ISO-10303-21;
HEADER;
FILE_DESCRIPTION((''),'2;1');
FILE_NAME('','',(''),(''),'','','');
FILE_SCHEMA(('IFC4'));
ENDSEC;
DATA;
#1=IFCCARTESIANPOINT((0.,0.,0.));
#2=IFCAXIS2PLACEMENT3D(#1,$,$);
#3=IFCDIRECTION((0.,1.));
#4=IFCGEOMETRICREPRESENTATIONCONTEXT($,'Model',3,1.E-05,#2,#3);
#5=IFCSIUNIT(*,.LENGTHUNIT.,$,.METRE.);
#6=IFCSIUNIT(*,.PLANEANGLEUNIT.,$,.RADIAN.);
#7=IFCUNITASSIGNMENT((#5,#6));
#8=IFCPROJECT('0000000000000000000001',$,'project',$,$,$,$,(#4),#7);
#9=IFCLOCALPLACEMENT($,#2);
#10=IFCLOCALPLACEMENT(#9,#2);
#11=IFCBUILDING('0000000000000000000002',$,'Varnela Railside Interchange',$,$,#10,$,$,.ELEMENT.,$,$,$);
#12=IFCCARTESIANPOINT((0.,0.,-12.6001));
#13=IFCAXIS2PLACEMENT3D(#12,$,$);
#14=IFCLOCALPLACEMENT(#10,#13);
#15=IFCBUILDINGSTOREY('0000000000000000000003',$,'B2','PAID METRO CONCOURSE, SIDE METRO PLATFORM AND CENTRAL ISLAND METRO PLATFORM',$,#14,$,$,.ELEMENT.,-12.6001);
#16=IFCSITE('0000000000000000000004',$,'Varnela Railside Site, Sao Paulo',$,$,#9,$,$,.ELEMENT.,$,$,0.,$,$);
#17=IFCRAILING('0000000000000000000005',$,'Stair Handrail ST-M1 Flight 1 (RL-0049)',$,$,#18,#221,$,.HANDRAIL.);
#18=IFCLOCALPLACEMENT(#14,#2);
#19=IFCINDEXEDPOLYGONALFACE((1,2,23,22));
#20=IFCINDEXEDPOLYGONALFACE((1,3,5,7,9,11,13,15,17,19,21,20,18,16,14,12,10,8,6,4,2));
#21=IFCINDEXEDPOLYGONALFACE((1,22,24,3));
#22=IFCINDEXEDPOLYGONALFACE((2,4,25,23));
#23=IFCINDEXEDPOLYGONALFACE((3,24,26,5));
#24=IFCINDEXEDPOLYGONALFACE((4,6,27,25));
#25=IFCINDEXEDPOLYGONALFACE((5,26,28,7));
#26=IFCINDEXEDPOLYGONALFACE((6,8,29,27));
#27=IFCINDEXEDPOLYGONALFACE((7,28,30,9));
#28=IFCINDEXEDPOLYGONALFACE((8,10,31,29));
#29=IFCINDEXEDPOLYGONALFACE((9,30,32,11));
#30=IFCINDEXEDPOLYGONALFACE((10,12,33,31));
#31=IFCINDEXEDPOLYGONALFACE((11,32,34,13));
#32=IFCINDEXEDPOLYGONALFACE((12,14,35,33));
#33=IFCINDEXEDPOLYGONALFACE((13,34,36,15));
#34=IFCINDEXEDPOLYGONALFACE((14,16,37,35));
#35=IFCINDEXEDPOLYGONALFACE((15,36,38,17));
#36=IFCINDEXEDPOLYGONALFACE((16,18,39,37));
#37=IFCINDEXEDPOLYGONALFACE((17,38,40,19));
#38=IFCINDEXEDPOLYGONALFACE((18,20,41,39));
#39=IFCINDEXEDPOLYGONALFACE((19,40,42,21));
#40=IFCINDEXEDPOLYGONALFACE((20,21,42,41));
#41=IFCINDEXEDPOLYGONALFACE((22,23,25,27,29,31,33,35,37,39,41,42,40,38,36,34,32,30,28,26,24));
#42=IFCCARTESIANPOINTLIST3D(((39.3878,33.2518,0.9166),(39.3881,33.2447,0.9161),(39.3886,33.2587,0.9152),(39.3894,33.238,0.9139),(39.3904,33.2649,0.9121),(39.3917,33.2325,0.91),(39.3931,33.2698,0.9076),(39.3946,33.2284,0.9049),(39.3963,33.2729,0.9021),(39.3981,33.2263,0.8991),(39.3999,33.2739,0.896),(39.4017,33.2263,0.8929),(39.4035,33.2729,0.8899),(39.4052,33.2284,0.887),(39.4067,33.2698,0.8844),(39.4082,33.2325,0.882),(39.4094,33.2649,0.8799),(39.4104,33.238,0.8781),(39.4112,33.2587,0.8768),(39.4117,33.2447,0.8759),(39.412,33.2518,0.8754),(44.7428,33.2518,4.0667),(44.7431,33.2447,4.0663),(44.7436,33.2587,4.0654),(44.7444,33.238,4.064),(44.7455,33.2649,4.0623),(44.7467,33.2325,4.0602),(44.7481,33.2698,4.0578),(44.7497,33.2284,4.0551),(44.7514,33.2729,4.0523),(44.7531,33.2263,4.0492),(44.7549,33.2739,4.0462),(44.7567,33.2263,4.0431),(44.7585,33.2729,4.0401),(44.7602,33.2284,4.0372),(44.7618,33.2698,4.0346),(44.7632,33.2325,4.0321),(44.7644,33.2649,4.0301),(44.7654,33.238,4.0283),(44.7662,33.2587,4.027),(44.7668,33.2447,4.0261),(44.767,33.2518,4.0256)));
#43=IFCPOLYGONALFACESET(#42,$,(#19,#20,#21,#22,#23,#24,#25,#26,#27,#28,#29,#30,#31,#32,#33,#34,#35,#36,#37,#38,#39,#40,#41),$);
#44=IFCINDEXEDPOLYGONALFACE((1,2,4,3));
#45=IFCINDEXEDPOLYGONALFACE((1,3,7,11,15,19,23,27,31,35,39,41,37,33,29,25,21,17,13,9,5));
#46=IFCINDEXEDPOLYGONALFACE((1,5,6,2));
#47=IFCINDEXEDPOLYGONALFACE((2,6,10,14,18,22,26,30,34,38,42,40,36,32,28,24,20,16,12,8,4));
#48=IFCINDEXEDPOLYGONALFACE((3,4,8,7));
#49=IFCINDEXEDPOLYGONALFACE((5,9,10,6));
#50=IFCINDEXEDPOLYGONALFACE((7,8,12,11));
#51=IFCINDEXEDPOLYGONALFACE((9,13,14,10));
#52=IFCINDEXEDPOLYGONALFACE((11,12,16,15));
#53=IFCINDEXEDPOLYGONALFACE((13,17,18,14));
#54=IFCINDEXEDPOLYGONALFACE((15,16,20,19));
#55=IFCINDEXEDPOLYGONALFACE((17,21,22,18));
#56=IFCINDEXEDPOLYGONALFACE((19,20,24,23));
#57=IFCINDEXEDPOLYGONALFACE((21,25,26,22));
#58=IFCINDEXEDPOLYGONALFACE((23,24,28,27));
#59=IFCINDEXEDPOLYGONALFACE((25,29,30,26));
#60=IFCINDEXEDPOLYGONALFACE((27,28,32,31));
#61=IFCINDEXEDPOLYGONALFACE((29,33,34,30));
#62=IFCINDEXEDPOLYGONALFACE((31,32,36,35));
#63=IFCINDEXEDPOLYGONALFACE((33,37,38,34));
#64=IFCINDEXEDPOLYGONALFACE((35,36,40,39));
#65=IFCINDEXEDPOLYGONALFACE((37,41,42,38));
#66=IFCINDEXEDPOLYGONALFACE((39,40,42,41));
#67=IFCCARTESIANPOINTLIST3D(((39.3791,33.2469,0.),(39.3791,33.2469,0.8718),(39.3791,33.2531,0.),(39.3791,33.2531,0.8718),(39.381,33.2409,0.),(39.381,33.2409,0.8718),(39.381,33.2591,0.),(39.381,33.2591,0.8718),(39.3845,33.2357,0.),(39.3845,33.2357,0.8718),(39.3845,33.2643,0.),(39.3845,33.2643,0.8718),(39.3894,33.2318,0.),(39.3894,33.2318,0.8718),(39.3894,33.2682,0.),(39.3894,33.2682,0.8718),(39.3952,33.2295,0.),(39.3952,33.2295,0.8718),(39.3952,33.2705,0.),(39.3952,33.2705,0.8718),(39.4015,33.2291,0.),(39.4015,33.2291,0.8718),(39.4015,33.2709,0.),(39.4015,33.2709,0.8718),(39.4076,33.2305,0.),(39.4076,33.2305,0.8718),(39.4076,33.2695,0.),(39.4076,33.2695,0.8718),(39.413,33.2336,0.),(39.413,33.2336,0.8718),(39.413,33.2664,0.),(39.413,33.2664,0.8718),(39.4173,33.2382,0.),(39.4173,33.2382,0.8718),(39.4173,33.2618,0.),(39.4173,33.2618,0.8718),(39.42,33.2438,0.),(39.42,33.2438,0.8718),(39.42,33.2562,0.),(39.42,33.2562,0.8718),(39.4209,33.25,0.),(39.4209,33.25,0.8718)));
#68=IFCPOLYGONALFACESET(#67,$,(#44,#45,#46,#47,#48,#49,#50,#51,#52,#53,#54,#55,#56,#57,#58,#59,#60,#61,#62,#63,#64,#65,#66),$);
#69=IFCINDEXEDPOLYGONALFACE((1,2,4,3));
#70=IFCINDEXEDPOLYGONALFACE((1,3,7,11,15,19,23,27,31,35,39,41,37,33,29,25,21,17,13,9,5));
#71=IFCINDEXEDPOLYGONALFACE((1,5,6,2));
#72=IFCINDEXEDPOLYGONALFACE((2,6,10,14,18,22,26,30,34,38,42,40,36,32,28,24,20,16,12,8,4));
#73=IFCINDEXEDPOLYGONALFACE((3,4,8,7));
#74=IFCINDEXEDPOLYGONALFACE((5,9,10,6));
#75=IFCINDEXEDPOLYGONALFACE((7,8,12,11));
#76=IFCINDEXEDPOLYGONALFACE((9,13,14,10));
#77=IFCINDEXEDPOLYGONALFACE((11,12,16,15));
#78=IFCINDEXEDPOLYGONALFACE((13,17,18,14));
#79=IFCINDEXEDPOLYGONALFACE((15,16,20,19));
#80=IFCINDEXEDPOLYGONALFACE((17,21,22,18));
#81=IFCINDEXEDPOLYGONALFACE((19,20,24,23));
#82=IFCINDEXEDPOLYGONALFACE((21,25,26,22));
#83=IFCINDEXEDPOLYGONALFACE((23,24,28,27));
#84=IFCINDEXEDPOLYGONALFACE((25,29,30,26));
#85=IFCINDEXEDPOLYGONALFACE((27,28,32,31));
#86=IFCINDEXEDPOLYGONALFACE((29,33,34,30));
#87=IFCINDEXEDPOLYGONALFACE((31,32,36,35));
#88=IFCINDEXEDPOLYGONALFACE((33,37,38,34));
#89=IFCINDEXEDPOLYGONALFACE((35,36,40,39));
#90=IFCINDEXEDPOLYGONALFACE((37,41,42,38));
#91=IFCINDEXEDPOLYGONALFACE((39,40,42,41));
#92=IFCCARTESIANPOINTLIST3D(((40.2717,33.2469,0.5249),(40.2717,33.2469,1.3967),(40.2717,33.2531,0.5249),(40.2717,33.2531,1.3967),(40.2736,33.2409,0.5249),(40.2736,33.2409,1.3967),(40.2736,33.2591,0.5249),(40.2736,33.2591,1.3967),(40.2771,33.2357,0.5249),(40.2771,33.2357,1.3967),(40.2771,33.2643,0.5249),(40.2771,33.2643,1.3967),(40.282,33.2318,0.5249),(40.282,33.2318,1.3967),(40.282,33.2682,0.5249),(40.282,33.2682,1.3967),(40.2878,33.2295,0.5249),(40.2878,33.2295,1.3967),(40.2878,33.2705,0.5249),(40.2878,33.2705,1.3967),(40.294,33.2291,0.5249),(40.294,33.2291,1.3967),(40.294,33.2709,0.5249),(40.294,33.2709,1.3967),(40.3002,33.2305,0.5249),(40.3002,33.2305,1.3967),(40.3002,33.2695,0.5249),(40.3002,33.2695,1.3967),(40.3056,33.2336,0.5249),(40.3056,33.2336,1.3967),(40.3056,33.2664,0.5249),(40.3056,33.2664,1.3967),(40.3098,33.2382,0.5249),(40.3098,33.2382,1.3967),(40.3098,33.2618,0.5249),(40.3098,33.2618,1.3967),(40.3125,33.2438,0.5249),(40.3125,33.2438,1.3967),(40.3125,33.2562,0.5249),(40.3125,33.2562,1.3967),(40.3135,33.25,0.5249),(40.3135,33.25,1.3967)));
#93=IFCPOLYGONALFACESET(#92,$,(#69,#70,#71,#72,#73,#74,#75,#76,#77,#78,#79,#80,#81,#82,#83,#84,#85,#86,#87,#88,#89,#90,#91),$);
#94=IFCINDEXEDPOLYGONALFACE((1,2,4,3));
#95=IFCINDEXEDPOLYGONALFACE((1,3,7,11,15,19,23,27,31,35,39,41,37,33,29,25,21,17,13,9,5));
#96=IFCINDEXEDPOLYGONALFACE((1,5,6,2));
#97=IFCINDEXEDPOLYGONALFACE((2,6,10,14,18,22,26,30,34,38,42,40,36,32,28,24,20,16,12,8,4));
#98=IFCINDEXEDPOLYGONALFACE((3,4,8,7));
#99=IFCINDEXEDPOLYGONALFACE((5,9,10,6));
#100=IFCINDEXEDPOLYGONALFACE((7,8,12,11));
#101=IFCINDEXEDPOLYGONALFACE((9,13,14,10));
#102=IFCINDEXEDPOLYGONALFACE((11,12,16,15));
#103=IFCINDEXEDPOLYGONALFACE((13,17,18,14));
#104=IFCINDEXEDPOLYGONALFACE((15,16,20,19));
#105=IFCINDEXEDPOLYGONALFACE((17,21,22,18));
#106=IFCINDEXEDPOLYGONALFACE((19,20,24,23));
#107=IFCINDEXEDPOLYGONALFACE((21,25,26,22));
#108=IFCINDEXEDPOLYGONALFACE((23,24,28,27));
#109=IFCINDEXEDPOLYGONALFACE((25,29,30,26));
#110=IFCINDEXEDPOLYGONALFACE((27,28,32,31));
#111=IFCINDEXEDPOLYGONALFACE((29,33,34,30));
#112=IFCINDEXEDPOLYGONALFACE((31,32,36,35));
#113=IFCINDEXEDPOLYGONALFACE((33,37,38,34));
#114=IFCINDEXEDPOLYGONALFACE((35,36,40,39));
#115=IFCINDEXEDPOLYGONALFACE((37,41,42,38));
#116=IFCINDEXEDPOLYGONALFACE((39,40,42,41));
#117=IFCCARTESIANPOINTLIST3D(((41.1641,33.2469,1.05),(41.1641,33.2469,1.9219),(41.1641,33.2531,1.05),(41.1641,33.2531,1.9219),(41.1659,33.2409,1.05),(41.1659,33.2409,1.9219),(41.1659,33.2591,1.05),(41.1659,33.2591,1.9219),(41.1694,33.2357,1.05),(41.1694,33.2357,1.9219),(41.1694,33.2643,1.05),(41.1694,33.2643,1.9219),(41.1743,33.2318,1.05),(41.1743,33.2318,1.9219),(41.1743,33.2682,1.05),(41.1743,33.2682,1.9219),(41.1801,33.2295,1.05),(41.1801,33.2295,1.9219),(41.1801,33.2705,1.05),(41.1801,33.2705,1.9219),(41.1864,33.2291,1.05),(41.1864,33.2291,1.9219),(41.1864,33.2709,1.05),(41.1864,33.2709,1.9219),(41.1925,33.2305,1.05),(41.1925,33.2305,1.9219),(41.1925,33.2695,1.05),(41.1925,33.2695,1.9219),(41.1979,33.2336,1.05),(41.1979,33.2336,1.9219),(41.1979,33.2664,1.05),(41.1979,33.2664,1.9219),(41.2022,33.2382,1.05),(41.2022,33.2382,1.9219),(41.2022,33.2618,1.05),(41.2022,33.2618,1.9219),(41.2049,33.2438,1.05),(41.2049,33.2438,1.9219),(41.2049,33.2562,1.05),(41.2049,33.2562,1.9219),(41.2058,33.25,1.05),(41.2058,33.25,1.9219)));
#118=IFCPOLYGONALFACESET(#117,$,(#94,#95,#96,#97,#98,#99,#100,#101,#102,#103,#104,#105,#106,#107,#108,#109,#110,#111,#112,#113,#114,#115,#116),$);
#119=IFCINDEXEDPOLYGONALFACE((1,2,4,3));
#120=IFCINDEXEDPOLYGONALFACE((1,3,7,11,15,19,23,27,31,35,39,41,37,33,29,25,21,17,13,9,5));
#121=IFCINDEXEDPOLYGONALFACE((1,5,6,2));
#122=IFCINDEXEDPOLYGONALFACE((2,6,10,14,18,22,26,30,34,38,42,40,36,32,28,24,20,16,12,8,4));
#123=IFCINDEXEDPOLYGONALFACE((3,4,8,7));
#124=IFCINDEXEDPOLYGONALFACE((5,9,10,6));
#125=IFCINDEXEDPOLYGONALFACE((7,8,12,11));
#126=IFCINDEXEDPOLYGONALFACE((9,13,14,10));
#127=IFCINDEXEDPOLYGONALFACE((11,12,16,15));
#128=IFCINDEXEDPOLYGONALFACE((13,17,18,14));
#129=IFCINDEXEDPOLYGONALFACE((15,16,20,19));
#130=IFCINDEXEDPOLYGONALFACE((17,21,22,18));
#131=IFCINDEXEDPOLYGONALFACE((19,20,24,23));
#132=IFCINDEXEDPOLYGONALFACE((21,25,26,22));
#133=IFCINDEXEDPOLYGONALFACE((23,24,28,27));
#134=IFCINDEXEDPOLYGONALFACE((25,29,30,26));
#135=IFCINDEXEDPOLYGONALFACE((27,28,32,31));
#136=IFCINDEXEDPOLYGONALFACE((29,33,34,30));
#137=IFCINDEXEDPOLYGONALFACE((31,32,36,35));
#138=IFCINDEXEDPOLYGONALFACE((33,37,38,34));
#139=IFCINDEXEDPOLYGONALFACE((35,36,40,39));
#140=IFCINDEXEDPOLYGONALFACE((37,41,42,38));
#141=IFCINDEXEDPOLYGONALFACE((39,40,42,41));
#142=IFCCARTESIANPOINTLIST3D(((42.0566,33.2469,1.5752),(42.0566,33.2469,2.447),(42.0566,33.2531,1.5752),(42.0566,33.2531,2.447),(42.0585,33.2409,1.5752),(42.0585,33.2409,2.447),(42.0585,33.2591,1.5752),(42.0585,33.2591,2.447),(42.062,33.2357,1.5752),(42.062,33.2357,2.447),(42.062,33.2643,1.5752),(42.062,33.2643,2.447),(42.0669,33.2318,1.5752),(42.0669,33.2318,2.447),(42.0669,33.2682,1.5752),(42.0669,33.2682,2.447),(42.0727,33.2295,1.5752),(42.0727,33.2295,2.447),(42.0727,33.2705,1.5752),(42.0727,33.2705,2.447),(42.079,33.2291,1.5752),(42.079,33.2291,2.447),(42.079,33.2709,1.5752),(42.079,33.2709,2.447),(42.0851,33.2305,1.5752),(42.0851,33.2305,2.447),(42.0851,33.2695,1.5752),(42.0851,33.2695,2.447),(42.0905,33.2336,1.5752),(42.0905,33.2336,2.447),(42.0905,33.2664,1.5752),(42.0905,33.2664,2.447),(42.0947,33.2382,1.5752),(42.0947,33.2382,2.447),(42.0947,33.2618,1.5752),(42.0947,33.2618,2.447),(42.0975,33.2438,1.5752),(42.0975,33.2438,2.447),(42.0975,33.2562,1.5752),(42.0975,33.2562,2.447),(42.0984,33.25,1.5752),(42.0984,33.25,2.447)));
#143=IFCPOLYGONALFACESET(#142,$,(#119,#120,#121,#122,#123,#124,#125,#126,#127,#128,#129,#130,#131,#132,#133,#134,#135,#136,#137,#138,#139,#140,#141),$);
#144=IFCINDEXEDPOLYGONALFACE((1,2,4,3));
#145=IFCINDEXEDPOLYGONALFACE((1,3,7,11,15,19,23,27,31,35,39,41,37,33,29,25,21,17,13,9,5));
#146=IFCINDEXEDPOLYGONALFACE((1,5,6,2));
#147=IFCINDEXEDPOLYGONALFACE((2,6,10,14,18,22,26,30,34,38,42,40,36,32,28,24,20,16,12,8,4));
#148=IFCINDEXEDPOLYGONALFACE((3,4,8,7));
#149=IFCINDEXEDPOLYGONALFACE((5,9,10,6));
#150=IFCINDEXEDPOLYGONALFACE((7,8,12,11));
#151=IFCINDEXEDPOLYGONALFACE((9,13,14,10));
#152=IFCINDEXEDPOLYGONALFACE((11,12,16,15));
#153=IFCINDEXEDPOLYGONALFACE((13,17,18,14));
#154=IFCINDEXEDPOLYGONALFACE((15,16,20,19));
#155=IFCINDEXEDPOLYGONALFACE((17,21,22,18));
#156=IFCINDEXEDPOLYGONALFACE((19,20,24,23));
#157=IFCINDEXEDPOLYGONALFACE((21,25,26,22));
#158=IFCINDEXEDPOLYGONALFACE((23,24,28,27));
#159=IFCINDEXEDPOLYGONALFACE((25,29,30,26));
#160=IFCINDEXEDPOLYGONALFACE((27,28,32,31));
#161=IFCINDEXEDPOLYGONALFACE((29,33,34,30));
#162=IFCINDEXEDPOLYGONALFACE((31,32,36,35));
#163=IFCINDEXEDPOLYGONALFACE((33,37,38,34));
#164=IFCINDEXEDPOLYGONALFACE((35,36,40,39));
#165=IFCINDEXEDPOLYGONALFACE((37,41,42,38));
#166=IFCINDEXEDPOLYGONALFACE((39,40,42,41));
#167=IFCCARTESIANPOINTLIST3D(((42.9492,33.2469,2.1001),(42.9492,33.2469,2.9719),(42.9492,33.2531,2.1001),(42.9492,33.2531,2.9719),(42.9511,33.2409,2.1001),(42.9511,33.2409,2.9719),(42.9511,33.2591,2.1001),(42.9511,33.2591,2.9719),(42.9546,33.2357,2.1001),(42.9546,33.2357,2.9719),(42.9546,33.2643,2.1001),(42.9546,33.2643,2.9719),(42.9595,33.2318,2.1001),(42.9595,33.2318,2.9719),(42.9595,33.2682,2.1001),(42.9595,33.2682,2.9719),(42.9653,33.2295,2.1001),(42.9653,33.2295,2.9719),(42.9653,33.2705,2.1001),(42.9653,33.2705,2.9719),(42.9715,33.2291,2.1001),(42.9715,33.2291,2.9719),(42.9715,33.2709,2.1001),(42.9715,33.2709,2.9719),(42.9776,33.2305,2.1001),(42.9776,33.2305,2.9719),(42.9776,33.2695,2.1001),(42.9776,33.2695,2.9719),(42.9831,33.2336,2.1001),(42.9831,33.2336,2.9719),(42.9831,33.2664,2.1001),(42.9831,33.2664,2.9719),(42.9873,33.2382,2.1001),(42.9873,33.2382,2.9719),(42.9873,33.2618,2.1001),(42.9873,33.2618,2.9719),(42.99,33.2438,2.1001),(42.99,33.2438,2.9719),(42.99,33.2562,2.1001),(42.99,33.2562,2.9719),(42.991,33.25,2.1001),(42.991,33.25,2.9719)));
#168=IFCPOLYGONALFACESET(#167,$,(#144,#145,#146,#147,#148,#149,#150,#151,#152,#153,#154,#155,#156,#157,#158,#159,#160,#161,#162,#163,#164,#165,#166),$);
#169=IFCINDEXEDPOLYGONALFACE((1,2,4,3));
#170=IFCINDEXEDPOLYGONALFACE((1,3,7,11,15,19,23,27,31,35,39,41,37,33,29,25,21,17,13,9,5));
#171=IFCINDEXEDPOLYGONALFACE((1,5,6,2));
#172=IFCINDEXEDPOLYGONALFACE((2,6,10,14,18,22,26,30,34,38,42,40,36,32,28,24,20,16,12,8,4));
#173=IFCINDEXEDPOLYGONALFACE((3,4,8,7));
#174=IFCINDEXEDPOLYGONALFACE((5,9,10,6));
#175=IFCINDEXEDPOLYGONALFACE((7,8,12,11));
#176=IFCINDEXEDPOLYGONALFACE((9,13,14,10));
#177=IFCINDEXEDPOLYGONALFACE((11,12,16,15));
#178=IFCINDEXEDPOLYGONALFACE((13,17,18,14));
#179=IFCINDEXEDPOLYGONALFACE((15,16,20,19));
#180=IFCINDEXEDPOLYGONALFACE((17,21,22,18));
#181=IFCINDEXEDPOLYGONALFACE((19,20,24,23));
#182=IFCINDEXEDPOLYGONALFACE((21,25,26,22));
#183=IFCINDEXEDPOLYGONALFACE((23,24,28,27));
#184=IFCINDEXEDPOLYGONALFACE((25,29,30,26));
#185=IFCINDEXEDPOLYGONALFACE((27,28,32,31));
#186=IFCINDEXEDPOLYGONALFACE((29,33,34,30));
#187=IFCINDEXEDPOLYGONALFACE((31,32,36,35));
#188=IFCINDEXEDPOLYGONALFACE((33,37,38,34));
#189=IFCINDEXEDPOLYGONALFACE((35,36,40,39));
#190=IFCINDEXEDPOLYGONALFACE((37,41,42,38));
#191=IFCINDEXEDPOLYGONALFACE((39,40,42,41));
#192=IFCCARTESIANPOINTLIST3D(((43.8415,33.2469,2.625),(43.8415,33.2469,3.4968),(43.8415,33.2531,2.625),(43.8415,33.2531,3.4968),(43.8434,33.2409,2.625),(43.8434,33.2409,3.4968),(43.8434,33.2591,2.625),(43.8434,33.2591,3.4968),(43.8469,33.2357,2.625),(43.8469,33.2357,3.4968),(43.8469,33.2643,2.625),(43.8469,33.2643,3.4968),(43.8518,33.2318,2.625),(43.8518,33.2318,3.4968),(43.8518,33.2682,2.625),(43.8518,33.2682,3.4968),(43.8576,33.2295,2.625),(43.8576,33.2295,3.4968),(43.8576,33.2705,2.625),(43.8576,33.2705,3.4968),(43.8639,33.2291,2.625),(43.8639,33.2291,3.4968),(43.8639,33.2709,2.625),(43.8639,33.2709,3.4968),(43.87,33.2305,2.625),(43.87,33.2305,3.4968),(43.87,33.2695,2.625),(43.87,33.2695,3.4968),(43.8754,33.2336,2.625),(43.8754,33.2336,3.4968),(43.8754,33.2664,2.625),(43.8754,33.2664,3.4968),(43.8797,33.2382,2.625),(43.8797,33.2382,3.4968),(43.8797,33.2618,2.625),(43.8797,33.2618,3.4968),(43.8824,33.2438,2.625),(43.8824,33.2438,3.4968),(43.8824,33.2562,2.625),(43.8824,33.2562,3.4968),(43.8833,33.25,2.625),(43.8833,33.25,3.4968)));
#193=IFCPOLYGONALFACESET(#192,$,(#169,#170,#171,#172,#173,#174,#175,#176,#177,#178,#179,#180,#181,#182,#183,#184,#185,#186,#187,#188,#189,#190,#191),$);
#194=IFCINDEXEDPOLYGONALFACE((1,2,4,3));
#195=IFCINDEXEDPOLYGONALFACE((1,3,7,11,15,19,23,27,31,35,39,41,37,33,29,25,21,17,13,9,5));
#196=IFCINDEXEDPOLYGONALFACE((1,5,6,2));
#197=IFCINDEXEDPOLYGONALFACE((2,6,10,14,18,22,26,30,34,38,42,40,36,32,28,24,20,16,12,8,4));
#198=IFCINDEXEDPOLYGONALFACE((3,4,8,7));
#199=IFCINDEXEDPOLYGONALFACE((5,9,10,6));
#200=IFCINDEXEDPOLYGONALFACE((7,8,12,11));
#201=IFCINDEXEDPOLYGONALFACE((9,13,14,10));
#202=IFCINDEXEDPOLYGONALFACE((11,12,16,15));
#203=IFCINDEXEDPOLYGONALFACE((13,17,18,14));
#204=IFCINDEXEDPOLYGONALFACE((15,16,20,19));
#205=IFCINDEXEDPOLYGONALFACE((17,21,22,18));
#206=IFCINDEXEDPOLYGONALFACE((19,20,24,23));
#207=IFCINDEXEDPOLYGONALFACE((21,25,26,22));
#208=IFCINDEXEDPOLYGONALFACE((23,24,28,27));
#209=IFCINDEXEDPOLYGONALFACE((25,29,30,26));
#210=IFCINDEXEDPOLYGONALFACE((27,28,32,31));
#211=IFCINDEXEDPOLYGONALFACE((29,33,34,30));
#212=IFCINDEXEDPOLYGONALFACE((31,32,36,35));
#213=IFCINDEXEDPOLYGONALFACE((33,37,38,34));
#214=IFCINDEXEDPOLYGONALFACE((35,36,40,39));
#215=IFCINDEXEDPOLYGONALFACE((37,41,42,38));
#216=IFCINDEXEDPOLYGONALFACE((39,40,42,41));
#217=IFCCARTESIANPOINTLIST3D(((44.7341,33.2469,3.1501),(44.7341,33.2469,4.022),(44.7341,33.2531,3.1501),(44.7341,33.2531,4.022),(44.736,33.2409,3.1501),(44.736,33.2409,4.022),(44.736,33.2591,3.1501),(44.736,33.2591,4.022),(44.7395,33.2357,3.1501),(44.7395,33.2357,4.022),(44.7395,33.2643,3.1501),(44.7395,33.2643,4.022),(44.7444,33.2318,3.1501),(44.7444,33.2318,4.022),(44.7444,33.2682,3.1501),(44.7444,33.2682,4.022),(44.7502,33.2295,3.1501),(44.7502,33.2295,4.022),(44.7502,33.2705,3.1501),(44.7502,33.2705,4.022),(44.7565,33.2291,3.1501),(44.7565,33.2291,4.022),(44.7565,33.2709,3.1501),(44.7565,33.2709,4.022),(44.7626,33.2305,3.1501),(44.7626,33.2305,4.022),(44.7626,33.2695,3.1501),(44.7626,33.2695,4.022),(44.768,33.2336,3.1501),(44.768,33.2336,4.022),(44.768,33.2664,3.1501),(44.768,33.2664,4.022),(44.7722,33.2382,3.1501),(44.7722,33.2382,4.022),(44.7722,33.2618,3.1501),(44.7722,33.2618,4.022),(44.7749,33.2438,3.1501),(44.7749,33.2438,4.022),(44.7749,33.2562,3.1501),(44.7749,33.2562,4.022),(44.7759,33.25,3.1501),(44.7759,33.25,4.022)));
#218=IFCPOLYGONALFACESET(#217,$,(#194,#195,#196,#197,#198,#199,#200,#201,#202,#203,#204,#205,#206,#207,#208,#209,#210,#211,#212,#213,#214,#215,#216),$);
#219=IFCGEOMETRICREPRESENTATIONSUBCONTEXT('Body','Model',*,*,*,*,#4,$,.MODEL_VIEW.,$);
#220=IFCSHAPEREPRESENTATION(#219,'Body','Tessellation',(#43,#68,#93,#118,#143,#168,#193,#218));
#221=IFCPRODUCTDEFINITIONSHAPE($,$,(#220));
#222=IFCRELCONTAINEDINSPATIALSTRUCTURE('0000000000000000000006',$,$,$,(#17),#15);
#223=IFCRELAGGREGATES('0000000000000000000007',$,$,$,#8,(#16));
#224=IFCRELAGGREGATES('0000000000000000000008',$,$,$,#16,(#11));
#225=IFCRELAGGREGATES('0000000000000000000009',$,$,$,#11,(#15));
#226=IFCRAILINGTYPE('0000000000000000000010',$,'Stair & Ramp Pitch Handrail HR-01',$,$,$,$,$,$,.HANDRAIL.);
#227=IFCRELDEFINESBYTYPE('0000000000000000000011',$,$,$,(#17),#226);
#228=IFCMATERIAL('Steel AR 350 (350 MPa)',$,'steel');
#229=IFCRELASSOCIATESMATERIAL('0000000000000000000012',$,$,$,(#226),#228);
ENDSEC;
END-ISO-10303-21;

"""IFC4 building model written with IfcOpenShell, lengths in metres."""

from ifc_helpers import new_model, si_unit, direction, frame, origin, origin_2d, place, context, subcontext, project, spatial, circle, extrude, material, type_object, element, save


model = new_model("IFC4")

# Units and contexts
model_context = context("Model", 3, precision=1e-05, world=origin(), true_north=direction((0.0, 1.0)))
body_context = subcontext(model_context, "Body", "Model", "MODEL_VIEW")
ifc_project = project(units=[si_unit("LENGTHUNIT", "METRE"), si_unit("PLANEANGLEUNIT", "RADIAN")], contexts=[model_context])

# Site, building, storey
site_placement = place(None, origin())
site = spatial("IfcSite", under=ifc_project, at=site_placement, Name="Varnela Railside Site, Sao Paulo", CompositionType="ELEMENT", RefElevation=0.0)
building_placement = place(site_placement, origin())
building = spatial("IfcBuilding", under=site, at=building_placement, Name="Varnela Railside Interchange", CompositionType="ELEMENT")
storey_placement = place(building_placement, frame((0.0, 0.0, -12.6001)))
storey = spatial("IfcBuildingStorey", under=building, at=storey_placement, Name="B2", Description="PAID METRO CONCOURSE, SIDE METRO PLATFORM AND CENTRAL ISLAND METRO PLATFORM", CompositionType="ELEMENT", Elevation=-12.6001)

# Shared definitions
ifc_material_1 = material(Name="Steel AR 350 (350 MPa)", Category="steel")

# Railing
railing_type_1 = type_object("IfcRailingType", Name="Stair & Ramp Pitch Handrail HR-01", PredefinedType="HANDRAIL", material=ifc_material_1)
railing_1_placement = place(storey_placement, frame((39.3999, 33.25, 0.0)))
element("IfcRailing", 1, at=railing_1_placement, inside=storey, type_object=railing_type_1, Name="Stair Handrail ST-M1 Flight 1 (RL-0049)", PredefinedType="HANDRAIL", context=body_context, shape_type="SweptSolid", body=[
    extrude(circle(Radius=0.0239, at=origin_2d()), frame((0.0, 0.0, 0.896), z_axis=(0.861923, 0.0, 0.507039), x_axis=(0.0, 1.0, 0.0)), (0.0, 0.0, 1.0), 6.2129),
    extrude(circle(Radius=0.021, at=origin_2d()), origin(), (0.0, 0.0, 1.0), 0.8718),
    extrude(circle(Radius=0.021, at=origin_2d()), frame((0.8926, 0.0, 0.5249)), (0.0, 0.0, 1.0), 0.8718),
    extrude(circle(Radius=0.021, at=origin_2d()), frame((1.7849, 0.0, 1.05)), (0.0, 0.0, 1.0), 0.8718),
    extrude(circle(Radius=0.021, at=origin_2d()), frame((2.6775, 0.0, 1.5752)), (0.0, 0.0, 1.0), 0.8718),
    extrude(circle(Radius=0.021, at=origin_2d()), frame((3.5701, 0.0, 2.1001)), (0.0, 0.0, 1.0), 0.8718),
    extrude(circle(Radius=0.021, at=origin_2d()), frame((4.4624, 0.0, 2.625)), (0.0, 0.0, 1.0), 0.8718),
    extrude(circle(Radius=0.021, at=origin_2d()), frame((5.355, 0.0, 3.1501)), (0.0, 0.0, 1.0), 0.8718),
])

save(model, "model.ifc")
